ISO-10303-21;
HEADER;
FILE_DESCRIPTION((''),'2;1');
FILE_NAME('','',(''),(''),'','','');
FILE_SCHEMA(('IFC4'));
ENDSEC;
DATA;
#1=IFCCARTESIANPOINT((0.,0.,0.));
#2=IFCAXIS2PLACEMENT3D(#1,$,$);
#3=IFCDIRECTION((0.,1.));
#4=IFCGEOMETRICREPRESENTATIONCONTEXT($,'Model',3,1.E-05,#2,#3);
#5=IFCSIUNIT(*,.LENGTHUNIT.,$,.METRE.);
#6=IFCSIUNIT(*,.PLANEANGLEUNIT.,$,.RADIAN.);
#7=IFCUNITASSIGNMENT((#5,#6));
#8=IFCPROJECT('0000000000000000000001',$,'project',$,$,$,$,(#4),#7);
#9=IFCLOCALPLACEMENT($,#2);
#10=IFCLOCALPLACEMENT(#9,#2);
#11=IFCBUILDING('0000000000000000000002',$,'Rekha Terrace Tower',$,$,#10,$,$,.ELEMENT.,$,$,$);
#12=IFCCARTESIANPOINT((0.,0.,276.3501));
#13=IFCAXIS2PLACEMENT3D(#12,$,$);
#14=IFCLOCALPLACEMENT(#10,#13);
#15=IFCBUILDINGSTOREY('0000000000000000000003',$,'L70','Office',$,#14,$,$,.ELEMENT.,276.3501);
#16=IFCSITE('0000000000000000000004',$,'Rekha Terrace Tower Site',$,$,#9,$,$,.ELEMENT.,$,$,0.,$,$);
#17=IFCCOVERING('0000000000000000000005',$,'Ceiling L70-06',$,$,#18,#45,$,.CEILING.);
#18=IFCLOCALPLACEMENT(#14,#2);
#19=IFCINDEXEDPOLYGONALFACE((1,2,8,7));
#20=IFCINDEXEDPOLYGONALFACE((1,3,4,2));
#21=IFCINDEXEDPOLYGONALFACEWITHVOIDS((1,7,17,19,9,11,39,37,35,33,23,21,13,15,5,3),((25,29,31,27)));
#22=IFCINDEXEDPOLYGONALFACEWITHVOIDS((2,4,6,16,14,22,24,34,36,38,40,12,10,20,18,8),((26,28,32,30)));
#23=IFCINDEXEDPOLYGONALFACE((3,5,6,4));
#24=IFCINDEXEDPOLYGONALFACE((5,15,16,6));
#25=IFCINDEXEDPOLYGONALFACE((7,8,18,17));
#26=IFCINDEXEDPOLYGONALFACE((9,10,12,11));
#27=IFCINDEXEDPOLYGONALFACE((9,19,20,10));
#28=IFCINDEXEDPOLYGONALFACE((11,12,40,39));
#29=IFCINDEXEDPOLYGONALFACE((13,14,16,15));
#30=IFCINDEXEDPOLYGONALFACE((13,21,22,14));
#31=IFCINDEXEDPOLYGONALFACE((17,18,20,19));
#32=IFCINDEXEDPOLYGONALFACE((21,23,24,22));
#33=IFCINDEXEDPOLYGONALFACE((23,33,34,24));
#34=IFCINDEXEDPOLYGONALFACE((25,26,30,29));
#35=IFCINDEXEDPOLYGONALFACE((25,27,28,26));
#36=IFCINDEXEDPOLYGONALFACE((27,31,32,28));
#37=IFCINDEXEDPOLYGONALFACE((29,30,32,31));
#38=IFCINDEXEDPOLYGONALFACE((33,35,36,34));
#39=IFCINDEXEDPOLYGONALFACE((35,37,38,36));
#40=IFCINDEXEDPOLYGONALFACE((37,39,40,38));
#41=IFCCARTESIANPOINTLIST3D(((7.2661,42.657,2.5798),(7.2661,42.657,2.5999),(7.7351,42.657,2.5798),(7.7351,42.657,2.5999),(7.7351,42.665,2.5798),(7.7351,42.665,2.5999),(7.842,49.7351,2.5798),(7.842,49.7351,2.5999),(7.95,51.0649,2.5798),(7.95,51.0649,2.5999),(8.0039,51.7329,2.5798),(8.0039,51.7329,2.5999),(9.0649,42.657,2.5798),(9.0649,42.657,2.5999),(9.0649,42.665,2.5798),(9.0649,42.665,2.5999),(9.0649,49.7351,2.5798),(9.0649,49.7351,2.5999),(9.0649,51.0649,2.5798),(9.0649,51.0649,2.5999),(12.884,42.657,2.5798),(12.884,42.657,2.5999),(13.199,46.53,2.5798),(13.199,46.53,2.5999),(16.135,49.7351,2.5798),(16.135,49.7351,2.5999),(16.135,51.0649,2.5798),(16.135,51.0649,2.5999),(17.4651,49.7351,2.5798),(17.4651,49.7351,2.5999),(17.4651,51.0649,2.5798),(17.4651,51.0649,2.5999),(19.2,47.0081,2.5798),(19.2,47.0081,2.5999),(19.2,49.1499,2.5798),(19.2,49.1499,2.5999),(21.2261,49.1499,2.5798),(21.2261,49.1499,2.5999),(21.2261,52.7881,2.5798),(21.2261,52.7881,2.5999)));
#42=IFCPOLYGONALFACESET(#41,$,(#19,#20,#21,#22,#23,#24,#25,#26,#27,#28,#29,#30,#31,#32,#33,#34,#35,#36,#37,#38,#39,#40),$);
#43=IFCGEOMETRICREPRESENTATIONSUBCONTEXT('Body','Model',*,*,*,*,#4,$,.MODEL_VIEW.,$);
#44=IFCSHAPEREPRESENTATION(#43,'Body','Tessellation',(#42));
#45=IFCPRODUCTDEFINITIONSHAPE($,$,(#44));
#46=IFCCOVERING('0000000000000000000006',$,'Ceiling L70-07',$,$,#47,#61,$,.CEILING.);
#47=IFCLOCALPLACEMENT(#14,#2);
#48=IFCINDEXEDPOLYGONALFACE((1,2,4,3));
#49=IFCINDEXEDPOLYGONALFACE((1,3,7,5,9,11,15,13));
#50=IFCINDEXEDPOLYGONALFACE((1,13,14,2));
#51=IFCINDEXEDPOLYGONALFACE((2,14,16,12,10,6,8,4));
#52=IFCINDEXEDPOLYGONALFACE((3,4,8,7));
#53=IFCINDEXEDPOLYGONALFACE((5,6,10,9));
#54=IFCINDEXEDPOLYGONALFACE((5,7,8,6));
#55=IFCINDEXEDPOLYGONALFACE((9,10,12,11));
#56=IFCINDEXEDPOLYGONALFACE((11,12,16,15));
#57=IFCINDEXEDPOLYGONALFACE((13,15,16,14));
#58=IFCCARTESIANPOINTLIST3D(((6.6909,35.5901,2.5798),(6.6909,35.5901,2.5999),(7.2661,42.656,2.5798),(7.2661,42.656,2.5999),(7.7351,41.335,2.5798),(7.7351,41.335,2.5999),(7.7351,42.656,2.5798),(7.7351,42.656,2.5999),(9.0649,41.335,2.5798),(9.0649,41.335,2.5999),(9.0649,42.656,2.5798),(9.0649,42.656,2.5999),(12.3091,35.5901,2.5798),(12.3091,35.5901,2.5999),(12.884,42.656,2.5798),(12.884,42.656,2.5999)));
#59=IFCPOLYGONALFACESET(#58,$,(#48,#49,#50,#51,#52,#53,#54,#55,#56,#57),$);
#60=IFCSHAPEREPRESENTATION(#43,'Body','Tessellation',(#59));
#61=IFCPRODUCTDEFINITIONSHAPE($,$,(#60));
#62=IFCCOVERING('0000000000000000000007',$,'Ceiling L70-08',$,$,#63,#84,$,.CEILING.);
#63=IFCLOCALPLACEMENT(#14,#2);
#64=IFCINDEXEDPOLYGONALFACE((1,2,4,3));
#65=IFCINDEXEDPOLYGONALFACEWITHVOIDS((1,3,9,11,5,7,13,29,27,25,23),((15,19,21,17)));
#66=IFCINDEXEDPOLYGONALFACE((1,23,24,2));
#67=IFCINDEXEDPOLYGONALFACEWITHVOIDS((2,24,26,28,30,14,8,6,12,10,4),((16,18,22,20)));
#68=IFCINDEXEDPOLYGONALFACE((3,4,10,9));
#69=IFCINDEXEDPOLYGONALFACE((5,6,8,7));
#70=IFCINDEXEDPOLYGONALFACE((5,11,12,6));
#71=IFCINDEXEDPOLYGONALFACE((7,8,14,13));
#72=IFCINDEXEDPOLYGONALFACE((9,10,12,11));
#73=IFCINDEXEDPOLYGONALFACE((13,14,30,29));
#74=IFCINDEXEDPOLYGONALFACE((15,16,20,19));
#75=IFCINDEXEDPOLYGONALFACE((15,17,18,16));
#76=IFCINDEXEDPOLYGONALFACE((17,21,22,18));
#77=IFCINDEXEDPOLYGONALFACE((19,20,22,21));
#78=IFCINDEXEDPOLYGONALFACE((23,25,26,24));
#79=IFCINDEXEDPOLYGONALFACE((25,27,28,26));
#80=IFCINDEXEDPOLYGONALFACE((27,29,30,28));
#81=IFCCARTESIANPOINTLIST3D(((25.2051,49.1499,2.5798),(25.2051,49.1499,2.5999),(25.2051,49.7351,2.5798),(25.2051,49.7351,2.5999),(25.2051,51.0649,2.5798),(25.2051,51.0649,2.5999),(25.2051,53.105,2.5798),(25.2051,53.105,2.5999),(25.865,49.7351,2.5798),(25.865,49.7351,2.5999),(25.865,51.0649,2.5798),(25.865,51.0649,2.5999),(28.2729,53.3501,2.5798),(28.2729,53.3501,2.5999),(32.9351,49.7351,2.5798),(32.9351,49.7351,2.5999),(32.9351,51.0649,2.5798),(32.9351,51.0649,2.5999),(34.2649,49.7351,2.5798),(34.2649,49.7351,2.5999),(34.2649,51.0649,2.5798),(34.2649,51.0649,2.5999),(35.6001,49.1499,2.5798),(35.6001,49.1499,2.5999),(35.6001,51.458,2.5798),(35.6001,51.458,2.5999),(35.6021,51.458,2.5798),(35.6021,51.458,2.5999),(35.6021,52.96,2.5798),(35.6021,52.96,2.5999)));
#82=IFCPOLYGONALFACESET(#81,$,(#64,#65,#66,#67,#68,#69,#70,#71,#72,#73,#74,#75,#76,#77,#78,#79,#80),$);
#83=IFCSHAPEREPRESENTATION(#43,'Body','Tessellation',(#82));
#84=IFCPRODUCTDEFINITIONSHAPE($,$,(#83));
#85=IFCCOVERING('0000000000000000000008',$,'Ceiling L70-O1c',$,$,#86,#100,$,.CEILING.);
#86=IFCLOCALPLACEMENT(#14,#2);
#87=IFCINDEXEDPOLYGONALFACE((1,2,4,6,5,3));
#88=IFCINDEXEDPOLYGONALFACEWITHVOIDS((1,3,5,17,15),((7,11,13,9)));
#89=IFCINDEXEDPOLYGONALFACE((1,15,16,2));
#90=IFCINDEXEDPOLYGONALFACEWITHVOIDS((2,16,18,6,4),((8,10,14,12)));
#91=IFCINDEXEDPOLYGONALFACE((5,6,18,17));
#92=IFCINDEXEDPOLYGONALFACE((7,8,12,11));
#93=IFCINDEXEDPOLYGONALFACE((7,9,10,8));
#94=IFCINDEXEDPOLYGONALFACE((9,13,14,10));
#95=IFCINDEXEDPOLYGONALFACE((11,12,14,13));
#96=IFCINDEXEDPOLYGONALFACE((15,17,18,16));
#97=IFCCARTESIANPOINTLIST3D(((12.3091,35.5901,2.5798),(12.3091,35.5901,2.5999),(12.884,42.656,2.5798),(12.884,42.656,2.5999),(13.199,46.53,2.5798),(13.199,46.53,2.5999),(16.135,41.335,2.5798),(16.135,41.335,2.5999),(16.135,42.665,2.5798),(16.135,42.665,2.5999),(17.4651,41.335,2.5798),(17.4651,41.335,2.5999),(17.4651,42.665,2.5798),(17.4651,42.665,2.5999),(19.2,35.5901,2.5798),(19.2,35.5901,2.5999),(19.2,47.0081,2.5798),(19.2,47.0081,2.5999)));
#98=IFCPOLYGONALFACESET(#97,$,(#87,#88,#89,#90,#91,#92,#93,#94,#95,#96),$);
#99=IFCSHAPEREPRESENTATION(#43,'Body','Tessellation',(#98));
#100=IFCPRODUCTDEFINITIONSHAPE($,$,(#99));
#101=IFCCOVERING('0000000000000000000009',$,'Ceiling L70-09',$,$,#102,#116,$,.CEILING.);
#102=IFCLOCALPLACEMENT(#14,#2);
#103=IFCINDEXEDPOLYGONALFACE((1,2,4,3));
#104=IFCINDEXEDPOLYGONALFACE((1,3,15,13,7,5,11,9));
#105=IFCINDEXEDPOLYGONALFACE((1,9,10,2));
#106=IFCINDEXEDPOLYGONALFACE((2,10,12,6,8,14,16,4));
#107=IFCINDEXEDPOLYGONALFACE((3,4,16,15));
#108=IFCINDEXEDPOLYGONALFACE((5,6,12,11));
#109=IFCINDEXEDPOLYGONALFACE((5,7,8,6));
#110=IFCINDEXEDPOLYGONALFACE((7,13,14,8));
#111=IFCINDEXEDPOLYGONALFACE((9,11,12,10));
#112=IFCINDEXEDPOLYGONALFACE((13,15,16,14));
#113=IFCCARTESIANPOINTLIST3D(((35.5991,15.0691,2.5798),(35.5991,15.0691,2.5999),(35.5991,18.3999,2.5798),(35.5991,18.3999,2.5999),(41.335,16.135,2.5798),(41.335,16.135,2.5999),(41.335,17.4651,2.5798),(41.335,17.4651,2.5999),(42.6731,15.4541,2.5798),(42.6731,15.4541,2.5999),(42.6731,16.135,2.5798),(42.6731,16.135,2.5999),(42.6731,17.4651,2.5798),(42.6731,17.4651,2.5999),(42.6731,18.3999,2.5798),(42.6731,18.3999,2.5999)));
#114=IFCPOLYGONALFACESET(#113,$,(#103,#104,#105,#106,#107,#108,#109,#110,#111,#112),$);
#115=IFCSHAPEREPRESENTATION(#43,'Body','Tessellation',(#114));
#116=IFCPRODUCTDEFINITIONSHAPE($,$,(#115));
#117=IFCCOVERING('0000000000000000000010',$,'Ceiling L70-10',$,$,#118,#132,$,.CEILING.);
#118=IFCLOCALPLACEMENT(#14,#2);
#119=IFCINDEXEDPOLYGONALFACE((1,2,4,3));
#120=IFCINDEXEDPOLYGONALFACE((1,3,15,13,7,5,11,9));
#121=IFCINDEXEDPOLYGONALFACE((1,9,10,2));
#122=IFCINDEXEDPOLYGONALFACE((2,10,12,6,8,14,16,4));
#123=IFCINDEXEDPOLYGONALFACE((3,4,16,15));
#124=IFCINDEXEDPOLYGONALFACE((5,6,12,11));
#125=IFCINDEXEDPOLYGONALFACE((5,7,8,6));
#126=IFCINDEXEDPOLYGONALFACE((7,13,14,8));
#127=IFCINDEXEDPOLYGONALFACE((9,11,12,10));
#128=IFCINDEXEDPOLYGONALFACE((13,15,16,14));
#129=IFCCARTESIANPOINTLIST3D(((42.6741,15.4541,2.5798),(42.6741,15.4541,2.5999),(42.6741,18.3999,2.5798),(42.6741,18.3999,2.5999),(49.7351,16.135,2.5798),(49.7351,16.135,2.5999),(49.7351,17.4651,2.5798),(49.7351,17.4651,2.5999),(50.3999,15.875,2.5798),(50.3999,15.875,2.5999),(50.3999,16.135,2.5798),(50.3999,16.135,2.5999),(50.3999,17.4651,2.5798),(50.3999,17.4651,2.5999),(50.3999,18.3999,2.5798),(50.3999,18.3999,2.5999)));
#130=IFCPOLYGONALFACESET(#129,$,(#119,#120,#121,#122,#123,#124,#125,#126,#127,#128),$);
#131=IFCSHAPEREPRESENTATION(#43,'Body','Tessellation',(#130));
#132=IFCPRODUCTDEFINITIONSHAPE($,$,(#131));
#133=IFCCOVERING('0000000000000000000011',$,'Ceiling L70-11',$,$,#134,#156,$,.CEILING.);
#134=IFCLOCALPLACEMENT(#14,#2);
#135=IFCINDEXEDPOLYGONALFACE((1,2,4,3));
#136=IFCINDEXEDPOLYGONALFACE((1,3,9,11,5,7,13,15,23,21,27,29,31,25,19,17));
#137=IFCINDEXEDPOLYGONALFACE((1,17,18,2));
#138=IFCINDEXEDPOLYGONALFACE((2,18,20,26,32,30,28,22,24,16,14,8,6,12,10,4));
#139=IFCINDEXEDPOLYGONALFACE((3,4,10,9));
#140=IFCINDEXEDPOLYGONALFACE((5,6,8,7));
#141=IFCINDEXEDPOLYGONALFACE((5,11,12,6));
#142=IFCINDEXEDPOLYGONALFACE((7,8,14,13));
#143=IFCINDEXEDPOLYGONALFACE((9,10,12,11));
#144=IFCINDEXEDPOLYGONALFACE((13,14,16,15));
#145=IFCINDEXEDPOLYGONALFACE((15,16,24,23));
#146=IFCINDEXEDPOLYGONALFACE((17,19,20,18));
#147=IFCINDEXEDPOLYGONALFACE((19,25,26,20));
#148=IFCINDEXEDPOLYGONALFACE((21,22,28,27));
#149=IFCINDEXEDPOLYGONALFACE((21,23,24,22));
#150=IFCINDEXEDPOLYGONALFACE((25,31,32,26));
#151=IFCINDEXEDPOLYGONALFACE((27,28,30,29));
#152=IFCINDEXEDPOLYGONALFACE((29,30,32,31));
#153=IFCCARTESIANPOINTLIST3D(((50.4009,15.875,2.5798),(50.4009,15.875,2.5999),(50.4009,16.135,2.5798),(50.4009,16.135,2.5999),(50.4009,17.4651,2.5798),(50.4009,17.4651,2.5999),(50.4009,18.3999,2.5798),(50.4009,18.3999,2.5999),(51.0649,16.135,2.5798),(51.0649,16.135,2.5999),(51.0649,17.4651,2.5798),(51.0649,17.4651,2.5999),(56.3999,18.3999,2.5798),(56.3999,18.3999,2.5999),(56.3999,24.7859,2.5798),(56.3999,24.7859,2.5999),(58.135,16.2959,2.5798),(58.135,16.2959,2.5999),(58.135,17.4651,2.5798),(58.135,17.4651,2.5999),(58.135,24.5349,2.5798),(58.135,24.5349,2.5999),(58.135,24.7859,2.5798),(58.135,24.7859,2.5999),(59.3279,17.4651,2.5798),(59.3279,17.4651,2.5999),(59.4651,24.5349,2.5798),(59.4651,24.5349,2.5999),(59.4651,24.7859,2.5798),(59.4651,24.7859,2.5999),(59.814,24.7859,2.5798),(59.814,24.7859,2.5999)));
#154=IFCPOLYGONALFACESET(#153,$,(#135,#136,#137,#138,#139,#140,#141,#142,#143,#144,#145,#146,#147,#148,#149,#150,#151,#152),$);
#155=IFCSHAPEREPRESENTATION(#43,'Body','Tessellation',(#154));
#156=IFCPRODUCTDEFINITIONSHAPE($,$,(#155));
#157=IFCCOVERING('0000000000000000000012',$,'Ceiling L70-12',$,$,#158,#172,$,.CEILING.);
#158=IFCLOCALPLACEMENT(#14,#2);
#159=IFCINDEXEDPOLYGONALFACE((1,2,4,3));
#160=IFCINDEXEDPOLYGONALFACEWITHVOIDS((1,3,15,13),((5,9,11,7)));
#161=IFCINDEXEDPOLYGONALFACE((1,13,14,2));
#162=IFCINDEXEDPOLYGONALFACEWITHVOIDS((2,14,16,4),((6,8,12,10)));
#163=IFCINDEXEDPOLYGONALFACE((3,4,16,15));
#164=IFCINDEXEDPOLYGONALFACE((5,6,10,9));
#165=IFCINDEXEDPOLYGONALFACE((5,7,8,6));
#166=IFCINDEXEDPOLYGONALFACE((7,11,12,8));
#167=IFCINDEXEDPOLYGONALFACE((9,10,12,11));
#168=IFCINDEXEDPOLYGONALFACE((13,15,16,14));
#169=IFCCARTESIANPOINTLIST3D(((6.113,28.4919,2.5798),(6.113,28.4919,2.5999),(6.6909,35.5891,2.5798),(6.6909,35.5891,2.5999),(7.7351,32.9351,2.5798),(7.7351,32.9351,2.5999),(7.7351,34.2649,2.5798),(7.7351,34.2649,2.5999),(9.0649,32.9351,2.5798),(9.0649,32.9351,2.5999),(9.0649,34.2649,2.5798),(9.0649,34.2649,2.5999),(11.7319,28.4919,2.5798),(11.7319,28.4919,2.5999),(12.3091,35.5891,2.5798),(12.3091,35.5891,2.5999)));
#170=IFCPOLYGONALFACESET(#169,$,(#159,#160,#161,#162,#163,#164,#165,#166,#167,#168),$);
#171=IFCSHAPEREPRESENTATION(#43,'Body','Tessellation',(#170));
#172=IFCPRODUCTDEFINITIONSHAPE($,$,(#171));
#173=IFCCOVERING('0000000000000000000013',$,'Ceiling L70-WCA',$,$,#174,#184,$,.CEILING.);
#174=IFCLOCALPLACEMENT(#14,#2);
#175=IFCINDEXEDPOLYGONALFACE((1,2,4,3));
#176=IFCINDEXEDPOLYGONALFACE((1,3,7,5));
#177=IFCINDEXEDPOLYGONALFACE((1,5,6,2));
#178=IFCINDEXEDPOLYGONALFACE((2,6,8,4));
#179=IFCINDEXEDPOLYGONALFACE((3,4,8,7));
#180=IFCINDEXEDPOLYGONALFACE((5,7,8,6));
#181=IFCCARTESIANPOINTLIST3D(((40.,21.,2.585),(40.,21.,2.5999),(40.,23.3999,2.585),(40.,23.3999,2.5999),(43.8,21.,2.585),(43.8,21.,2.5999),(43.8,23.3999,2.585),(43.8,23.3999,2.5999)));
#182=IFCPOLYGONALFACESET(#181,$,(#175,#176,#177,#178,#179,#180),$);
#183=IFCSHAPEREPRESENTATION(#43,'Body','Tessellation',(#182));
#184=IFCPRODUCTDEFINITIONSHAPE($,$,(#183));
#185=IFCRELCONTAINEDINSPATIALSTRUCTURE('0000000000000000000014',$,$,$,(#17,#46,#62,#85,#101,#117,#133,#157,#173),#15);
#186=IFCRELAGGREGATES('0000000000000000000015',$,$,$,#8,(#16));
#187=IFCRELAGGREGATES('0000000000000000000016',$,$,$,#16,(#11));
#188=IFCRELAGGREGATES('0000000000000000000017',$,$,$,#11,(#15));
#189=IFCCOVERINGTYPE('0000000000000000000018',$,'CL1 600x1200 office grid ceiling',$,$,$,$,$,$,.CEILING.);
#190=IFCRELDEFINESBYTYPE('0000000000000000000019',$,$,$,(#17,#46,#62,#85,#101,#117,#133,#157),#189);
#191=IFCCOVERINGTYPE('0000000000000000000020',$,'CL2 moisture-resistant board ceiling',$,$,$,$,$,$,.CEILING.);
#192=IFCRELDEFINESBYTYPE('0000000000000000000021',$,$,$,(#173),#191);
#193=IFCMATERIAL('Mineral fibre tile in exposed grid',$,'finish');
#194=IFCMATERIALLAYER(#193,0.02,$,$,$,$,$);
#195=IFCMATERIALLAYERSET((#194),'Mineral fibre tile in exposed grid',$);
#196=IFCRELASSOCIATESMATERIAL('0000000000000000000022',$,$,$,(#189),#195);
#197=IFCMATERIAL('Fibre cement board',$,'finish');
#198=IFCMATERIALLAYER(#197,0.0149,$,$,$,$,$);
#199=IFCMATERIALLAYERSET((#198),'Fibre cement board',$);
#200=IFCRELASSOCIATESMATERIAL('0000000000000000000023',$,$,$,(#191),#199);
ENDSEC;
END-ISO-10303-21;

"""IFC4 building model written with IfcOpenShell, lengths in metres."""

from ifc_helpers import new_model, si_unit, direction, frame, origin, place, context, subcontext, project, spatial, polyline, outline, extrude, material, layer, layer_set, type_object, element, save


model = new_model("IFC4")

# Units and contexts
model_context = context("Model", 3, precision=1e-05, world=origin(), true_north=direction((0.0, 1.0)))
body_context = subcontext(model_context, "Body", "Model", "MODEL_VIEW")
ifc_project = project(units=[si_unit("LENGTHUNIT", "METRE"), si_unit("PLANEANGLEUNIT", "RADIAN")], contexts=[model_context])

# Site, building, storey
site_placement = place(None, origin())
site = spatial("IfcSite", under=ifc_project, at=site_placement, Name="Rekha Terrace Tower Site", CompositionType="ELEMENT", RefElevation=0.0)
building_placement = place(site_placement, origin())
building = spatial("IfcBuilding", under=site, at=building_placement, Name="Rekha Terrace Tower", CompositionType="ELEMENT")
storey_placement = place(building_placement, frame((0.0, 0.0, 276.3501)))
storey = spatial("IfcBuildingStorey", under=building, at=storey_placement, Name="L70", Description="Office", CompositionType="ELEMENT", Elevation=276.3501)

# Coverings
ifc_material_1 = material(Name="Mineral fibre tile in exposed grid", Category="finish")
ifc_layer_1 = layer(ifc_material_1, 0.02)
ifc_layer_set_1 = layer_set([ifc_layer_1], Name="Mineral fibre tile in exposed grid")
covering_type_1 = type_object("IfcCoveringType", Name="CL1 600x1200 office grid ceiling", PredefinedType="CEILING", material=ifc_layer_set_1)
covering_1_placement = place(storey_placement, frame((0.0, 0.0, 2.5798)))
element("IfcCovering", 1, at=covering_1_placement, inside=storey, type_object=covering_type_1, Name="Ceiling L70-06", PredefinedType="CEILING", context=body_context, shape_type="SweptSolid", body=[
    extrude(outline(polyline([(7.2661, 42.657), (7.7351, 42.657), (7.7351, 42.665), (9.0649, 42.665), (9.0649, 42.657), (12.884, 42.657), (13.199, 46.53), (19.2, 47.0081), (19.2, 49.1499), (21.2261, 49.1499), (21.2261, 52.7881), (8.0039, 51.7329), (7.95, 51.0649), (9.0649, 51.0649), (9.0649, 49.7351), (7.842, 49.7351), (7.2661, 42.657)]), holes=[polyline([(17.4651, 49.7351), (16.135, 49.7351), (16.135, 51.0649), (17.4651, 51.0649), (17.4651, 49.7351)])]), origin(), (0.0, 0.0, 1.0), 0.02),
])
covering_2_placement = place(storey_placement, frame((0.0, 0.0, 2.5798)))
element("IfcCovering", 2, at=covering_2_placement, inside=storey, type_object=covering_type_1, Name="Ceiling L70-07", PredefinedType="CEILING", context=body_context, shape_type="SweptSolid", body=[
    extrude(outline(polyline([(7.7351, 42.656), (7.2661, 42.656), (6.6909, 35.5901), (12.3091, 35.5901), (12.884, 42.656), (9.0649, 42.656), (9.0649, 41.335), (7.7351, 41.335), (7.7351, 42.656)])), origin(), (0.0, 0.0, 1.0), 0.02),
])
covering_3_placement = place(storey_placement, frame((0.0, 0.0, 2.5798)))
element("IfcCovering", 3, at=covering_3_placement, inside=storey, type_object=covering_type_1, Name="Ceiling L70-08", PredefinedType="CEILING", context=body_context, shape_type="SweptSolid", body=[
    extrude(outline(polyline([(35.6021, 52.96), (28.2729, 53.3501), (25.2051, 53.105), (25.2051, 51.0649), (25.865, 51.0649), (25.865, 49.7351), (25.2051, 49.7351), (25.2051, 49.1499), (35.6001, 49.1499), (35.6001, 51.458), (35.6021, 51.458), (35.6021, 52.96)]), holes=[polyline([(34.2649, 49.7351), (32.9351, 49.7351), (32.9351, 51.0649), (34.2649, 51.0649), (34.2649, 49.7351)])]), origin(), (0.0, 0.0, 1.0), 0.02),
])
covering_4_placement = place(storey_placement, frame((0.0, 0.0, 2.5798)))
element("IfcCovering", 4, at=covering_4_placement, inside=storey, type_object=covering_type_1, Name="Ceiling L70-O1c", PredefinedType="CEILING", context=body_context, shape_type="SweptSolid", body=[
    extrude(outline(polyline([(13.199, 46.53), (12.884, 42.656), (12.3091, 35.5901), (19.2, 35.5901), (19.2, 47.0081), (13.199, 46.53)]), holes=[polyline([(17.4651, 41.335), (16.135, 41.335), (16.135, 42.665), (17.4651, 42.665), (17.4651, 41.335)])]), origin(), (0.0, 0.0, 1.0), 0.02),
])
covering_5_placement = place(storey_placement, frame((0.0, 0.0, 2.5798)))
element("IfcCovering", 5, at=covering_5_placement, inside=storey, type_object=covering_type_1, Name="Ceiling L70-09", PredefinedType="CEILING", context=body_context, shape_type="SweptSolid", body=[
    extrude(outline(polyline([(35.5991, 18.3999), (35.5991, 15.0691), (42.6731, 15.4541), (42.6731, 16.135), (41.335, 16.135), (41.335, 17.4651), (42.6731, 17.4651), (42.6731, 18.3999), (35.5991, 18.3999)])), origin(), (0.0, 0.0, 1.0), 0.02),
])
covering_6_placement = place(storey_placement, frame((0.0, 0.0, 2.5798)))
element("IfcCovering", 6, at=covering_6_placement, inside=storey, type_object=covering_type_1, Name="Ceiling L70-10", PredefinedType="CEILING", context=body_context, shape_type="SweptSolid", body=[
    extrude(outline(polyline([(42.6741, 18.3999), (42.6741, 15.4541), (50.3999, 15.875), (50.3999, 16.135), (49.7351, 16.135), (49.7351, 17.4651), (50.3999, 17.4651), (50.3999, 18.3999), (42.6741, 18.3999)])), origin(), (0.0, 0.0, 1.0), 0.02),
])
covering_7_placement = place(storey_placement, frame((0.0, 0.0, 2.5798)))
element("IfcCovering", 7, at=covering_7_placement, inside=storey, type_object=covering_type_1, Name="Ceiling L70-11", PredefinedType="CEILING", context=body_context, shape_type="SweptSolid", body=[
    extrude(outline(polyline([(58.135, 24.5349), (58.135, 24.7859), (56.3999, 24.7859), (56.3999, 18.3999), (50.4009, 18.3999), (50.4009, 17.4651), (51.0649, 17.4651), (51.0649, 16.135), (50.4009, 16.135), (50.4009, 15.875), (58.135, 16.2959), (58.135, 17.4651), (59.3279, 17.4651), (59.814, 24.7859), (59.4651, 24.7859), (59.4651, 24.5349), (58.135, 24.5349)])), origin(), (0.0, 0.0, 1.0), 0.02),
])
covering_8_placement = place(storey_placement, frame((0.0, 0.0, 2.5798)))
element("IfcCovering", 8, at=covering_8_placement, inside=storey, type_object=covering_type_1, Name="Ceiling L70-12", PredefinedType="CEILING", context=body_context, shape_type="SweptSolid", body=[
    extrude(outline(polyline([(11.7319, 28.4919), (12.3091, 35.5891), (6.6909, 35.5891), (6.113, 28.4919), (11.7319, 28.4919)]), holes=[polyline([(9.0649, 34.2649), (9.0649, 32.9351), (7.7351, 32.9351), (7.7351, 34.2649), (9.0649, 34.2649)])]), origin(), (0.0, 0.0, 1.0), 0.02),
])
ifc_material_2 = material(Name="Fibre cement board", Category="finish")
ifc_layer_2 = layer(ifc_material_2, 0.0149)
ifc_layer_set_2 = layer_set([ifc_layer_2], Name="Fibre cement board")
covering_type_2 = type_object("IfcCoveringType", Name="CL2 moisture-resistant board ceiling", PredefinedType="CEILING", material=ifc_layer_set_2)
covering_9_placement = place(storey_placement, frame((0.0, 0.0, 2.585)))
element("IfcCovering", 9, at=covering_9_placement, inside=storey, type_object=covering_type_2, Name="Ceiling L70-WCA", PredefinedType="CEILING", context=body_context, shape_type="SweptSolid", body=[
    extrude(outline(polyline([(43.8, 23.3999), (40.0, 23.3999), (40.0, 21.0), (43.8, 21.0), (43.8, 23.3999)])), origin(), (0.0, 0.0, 1.0), 0.0149),
])

save(model, "model.ifc")
